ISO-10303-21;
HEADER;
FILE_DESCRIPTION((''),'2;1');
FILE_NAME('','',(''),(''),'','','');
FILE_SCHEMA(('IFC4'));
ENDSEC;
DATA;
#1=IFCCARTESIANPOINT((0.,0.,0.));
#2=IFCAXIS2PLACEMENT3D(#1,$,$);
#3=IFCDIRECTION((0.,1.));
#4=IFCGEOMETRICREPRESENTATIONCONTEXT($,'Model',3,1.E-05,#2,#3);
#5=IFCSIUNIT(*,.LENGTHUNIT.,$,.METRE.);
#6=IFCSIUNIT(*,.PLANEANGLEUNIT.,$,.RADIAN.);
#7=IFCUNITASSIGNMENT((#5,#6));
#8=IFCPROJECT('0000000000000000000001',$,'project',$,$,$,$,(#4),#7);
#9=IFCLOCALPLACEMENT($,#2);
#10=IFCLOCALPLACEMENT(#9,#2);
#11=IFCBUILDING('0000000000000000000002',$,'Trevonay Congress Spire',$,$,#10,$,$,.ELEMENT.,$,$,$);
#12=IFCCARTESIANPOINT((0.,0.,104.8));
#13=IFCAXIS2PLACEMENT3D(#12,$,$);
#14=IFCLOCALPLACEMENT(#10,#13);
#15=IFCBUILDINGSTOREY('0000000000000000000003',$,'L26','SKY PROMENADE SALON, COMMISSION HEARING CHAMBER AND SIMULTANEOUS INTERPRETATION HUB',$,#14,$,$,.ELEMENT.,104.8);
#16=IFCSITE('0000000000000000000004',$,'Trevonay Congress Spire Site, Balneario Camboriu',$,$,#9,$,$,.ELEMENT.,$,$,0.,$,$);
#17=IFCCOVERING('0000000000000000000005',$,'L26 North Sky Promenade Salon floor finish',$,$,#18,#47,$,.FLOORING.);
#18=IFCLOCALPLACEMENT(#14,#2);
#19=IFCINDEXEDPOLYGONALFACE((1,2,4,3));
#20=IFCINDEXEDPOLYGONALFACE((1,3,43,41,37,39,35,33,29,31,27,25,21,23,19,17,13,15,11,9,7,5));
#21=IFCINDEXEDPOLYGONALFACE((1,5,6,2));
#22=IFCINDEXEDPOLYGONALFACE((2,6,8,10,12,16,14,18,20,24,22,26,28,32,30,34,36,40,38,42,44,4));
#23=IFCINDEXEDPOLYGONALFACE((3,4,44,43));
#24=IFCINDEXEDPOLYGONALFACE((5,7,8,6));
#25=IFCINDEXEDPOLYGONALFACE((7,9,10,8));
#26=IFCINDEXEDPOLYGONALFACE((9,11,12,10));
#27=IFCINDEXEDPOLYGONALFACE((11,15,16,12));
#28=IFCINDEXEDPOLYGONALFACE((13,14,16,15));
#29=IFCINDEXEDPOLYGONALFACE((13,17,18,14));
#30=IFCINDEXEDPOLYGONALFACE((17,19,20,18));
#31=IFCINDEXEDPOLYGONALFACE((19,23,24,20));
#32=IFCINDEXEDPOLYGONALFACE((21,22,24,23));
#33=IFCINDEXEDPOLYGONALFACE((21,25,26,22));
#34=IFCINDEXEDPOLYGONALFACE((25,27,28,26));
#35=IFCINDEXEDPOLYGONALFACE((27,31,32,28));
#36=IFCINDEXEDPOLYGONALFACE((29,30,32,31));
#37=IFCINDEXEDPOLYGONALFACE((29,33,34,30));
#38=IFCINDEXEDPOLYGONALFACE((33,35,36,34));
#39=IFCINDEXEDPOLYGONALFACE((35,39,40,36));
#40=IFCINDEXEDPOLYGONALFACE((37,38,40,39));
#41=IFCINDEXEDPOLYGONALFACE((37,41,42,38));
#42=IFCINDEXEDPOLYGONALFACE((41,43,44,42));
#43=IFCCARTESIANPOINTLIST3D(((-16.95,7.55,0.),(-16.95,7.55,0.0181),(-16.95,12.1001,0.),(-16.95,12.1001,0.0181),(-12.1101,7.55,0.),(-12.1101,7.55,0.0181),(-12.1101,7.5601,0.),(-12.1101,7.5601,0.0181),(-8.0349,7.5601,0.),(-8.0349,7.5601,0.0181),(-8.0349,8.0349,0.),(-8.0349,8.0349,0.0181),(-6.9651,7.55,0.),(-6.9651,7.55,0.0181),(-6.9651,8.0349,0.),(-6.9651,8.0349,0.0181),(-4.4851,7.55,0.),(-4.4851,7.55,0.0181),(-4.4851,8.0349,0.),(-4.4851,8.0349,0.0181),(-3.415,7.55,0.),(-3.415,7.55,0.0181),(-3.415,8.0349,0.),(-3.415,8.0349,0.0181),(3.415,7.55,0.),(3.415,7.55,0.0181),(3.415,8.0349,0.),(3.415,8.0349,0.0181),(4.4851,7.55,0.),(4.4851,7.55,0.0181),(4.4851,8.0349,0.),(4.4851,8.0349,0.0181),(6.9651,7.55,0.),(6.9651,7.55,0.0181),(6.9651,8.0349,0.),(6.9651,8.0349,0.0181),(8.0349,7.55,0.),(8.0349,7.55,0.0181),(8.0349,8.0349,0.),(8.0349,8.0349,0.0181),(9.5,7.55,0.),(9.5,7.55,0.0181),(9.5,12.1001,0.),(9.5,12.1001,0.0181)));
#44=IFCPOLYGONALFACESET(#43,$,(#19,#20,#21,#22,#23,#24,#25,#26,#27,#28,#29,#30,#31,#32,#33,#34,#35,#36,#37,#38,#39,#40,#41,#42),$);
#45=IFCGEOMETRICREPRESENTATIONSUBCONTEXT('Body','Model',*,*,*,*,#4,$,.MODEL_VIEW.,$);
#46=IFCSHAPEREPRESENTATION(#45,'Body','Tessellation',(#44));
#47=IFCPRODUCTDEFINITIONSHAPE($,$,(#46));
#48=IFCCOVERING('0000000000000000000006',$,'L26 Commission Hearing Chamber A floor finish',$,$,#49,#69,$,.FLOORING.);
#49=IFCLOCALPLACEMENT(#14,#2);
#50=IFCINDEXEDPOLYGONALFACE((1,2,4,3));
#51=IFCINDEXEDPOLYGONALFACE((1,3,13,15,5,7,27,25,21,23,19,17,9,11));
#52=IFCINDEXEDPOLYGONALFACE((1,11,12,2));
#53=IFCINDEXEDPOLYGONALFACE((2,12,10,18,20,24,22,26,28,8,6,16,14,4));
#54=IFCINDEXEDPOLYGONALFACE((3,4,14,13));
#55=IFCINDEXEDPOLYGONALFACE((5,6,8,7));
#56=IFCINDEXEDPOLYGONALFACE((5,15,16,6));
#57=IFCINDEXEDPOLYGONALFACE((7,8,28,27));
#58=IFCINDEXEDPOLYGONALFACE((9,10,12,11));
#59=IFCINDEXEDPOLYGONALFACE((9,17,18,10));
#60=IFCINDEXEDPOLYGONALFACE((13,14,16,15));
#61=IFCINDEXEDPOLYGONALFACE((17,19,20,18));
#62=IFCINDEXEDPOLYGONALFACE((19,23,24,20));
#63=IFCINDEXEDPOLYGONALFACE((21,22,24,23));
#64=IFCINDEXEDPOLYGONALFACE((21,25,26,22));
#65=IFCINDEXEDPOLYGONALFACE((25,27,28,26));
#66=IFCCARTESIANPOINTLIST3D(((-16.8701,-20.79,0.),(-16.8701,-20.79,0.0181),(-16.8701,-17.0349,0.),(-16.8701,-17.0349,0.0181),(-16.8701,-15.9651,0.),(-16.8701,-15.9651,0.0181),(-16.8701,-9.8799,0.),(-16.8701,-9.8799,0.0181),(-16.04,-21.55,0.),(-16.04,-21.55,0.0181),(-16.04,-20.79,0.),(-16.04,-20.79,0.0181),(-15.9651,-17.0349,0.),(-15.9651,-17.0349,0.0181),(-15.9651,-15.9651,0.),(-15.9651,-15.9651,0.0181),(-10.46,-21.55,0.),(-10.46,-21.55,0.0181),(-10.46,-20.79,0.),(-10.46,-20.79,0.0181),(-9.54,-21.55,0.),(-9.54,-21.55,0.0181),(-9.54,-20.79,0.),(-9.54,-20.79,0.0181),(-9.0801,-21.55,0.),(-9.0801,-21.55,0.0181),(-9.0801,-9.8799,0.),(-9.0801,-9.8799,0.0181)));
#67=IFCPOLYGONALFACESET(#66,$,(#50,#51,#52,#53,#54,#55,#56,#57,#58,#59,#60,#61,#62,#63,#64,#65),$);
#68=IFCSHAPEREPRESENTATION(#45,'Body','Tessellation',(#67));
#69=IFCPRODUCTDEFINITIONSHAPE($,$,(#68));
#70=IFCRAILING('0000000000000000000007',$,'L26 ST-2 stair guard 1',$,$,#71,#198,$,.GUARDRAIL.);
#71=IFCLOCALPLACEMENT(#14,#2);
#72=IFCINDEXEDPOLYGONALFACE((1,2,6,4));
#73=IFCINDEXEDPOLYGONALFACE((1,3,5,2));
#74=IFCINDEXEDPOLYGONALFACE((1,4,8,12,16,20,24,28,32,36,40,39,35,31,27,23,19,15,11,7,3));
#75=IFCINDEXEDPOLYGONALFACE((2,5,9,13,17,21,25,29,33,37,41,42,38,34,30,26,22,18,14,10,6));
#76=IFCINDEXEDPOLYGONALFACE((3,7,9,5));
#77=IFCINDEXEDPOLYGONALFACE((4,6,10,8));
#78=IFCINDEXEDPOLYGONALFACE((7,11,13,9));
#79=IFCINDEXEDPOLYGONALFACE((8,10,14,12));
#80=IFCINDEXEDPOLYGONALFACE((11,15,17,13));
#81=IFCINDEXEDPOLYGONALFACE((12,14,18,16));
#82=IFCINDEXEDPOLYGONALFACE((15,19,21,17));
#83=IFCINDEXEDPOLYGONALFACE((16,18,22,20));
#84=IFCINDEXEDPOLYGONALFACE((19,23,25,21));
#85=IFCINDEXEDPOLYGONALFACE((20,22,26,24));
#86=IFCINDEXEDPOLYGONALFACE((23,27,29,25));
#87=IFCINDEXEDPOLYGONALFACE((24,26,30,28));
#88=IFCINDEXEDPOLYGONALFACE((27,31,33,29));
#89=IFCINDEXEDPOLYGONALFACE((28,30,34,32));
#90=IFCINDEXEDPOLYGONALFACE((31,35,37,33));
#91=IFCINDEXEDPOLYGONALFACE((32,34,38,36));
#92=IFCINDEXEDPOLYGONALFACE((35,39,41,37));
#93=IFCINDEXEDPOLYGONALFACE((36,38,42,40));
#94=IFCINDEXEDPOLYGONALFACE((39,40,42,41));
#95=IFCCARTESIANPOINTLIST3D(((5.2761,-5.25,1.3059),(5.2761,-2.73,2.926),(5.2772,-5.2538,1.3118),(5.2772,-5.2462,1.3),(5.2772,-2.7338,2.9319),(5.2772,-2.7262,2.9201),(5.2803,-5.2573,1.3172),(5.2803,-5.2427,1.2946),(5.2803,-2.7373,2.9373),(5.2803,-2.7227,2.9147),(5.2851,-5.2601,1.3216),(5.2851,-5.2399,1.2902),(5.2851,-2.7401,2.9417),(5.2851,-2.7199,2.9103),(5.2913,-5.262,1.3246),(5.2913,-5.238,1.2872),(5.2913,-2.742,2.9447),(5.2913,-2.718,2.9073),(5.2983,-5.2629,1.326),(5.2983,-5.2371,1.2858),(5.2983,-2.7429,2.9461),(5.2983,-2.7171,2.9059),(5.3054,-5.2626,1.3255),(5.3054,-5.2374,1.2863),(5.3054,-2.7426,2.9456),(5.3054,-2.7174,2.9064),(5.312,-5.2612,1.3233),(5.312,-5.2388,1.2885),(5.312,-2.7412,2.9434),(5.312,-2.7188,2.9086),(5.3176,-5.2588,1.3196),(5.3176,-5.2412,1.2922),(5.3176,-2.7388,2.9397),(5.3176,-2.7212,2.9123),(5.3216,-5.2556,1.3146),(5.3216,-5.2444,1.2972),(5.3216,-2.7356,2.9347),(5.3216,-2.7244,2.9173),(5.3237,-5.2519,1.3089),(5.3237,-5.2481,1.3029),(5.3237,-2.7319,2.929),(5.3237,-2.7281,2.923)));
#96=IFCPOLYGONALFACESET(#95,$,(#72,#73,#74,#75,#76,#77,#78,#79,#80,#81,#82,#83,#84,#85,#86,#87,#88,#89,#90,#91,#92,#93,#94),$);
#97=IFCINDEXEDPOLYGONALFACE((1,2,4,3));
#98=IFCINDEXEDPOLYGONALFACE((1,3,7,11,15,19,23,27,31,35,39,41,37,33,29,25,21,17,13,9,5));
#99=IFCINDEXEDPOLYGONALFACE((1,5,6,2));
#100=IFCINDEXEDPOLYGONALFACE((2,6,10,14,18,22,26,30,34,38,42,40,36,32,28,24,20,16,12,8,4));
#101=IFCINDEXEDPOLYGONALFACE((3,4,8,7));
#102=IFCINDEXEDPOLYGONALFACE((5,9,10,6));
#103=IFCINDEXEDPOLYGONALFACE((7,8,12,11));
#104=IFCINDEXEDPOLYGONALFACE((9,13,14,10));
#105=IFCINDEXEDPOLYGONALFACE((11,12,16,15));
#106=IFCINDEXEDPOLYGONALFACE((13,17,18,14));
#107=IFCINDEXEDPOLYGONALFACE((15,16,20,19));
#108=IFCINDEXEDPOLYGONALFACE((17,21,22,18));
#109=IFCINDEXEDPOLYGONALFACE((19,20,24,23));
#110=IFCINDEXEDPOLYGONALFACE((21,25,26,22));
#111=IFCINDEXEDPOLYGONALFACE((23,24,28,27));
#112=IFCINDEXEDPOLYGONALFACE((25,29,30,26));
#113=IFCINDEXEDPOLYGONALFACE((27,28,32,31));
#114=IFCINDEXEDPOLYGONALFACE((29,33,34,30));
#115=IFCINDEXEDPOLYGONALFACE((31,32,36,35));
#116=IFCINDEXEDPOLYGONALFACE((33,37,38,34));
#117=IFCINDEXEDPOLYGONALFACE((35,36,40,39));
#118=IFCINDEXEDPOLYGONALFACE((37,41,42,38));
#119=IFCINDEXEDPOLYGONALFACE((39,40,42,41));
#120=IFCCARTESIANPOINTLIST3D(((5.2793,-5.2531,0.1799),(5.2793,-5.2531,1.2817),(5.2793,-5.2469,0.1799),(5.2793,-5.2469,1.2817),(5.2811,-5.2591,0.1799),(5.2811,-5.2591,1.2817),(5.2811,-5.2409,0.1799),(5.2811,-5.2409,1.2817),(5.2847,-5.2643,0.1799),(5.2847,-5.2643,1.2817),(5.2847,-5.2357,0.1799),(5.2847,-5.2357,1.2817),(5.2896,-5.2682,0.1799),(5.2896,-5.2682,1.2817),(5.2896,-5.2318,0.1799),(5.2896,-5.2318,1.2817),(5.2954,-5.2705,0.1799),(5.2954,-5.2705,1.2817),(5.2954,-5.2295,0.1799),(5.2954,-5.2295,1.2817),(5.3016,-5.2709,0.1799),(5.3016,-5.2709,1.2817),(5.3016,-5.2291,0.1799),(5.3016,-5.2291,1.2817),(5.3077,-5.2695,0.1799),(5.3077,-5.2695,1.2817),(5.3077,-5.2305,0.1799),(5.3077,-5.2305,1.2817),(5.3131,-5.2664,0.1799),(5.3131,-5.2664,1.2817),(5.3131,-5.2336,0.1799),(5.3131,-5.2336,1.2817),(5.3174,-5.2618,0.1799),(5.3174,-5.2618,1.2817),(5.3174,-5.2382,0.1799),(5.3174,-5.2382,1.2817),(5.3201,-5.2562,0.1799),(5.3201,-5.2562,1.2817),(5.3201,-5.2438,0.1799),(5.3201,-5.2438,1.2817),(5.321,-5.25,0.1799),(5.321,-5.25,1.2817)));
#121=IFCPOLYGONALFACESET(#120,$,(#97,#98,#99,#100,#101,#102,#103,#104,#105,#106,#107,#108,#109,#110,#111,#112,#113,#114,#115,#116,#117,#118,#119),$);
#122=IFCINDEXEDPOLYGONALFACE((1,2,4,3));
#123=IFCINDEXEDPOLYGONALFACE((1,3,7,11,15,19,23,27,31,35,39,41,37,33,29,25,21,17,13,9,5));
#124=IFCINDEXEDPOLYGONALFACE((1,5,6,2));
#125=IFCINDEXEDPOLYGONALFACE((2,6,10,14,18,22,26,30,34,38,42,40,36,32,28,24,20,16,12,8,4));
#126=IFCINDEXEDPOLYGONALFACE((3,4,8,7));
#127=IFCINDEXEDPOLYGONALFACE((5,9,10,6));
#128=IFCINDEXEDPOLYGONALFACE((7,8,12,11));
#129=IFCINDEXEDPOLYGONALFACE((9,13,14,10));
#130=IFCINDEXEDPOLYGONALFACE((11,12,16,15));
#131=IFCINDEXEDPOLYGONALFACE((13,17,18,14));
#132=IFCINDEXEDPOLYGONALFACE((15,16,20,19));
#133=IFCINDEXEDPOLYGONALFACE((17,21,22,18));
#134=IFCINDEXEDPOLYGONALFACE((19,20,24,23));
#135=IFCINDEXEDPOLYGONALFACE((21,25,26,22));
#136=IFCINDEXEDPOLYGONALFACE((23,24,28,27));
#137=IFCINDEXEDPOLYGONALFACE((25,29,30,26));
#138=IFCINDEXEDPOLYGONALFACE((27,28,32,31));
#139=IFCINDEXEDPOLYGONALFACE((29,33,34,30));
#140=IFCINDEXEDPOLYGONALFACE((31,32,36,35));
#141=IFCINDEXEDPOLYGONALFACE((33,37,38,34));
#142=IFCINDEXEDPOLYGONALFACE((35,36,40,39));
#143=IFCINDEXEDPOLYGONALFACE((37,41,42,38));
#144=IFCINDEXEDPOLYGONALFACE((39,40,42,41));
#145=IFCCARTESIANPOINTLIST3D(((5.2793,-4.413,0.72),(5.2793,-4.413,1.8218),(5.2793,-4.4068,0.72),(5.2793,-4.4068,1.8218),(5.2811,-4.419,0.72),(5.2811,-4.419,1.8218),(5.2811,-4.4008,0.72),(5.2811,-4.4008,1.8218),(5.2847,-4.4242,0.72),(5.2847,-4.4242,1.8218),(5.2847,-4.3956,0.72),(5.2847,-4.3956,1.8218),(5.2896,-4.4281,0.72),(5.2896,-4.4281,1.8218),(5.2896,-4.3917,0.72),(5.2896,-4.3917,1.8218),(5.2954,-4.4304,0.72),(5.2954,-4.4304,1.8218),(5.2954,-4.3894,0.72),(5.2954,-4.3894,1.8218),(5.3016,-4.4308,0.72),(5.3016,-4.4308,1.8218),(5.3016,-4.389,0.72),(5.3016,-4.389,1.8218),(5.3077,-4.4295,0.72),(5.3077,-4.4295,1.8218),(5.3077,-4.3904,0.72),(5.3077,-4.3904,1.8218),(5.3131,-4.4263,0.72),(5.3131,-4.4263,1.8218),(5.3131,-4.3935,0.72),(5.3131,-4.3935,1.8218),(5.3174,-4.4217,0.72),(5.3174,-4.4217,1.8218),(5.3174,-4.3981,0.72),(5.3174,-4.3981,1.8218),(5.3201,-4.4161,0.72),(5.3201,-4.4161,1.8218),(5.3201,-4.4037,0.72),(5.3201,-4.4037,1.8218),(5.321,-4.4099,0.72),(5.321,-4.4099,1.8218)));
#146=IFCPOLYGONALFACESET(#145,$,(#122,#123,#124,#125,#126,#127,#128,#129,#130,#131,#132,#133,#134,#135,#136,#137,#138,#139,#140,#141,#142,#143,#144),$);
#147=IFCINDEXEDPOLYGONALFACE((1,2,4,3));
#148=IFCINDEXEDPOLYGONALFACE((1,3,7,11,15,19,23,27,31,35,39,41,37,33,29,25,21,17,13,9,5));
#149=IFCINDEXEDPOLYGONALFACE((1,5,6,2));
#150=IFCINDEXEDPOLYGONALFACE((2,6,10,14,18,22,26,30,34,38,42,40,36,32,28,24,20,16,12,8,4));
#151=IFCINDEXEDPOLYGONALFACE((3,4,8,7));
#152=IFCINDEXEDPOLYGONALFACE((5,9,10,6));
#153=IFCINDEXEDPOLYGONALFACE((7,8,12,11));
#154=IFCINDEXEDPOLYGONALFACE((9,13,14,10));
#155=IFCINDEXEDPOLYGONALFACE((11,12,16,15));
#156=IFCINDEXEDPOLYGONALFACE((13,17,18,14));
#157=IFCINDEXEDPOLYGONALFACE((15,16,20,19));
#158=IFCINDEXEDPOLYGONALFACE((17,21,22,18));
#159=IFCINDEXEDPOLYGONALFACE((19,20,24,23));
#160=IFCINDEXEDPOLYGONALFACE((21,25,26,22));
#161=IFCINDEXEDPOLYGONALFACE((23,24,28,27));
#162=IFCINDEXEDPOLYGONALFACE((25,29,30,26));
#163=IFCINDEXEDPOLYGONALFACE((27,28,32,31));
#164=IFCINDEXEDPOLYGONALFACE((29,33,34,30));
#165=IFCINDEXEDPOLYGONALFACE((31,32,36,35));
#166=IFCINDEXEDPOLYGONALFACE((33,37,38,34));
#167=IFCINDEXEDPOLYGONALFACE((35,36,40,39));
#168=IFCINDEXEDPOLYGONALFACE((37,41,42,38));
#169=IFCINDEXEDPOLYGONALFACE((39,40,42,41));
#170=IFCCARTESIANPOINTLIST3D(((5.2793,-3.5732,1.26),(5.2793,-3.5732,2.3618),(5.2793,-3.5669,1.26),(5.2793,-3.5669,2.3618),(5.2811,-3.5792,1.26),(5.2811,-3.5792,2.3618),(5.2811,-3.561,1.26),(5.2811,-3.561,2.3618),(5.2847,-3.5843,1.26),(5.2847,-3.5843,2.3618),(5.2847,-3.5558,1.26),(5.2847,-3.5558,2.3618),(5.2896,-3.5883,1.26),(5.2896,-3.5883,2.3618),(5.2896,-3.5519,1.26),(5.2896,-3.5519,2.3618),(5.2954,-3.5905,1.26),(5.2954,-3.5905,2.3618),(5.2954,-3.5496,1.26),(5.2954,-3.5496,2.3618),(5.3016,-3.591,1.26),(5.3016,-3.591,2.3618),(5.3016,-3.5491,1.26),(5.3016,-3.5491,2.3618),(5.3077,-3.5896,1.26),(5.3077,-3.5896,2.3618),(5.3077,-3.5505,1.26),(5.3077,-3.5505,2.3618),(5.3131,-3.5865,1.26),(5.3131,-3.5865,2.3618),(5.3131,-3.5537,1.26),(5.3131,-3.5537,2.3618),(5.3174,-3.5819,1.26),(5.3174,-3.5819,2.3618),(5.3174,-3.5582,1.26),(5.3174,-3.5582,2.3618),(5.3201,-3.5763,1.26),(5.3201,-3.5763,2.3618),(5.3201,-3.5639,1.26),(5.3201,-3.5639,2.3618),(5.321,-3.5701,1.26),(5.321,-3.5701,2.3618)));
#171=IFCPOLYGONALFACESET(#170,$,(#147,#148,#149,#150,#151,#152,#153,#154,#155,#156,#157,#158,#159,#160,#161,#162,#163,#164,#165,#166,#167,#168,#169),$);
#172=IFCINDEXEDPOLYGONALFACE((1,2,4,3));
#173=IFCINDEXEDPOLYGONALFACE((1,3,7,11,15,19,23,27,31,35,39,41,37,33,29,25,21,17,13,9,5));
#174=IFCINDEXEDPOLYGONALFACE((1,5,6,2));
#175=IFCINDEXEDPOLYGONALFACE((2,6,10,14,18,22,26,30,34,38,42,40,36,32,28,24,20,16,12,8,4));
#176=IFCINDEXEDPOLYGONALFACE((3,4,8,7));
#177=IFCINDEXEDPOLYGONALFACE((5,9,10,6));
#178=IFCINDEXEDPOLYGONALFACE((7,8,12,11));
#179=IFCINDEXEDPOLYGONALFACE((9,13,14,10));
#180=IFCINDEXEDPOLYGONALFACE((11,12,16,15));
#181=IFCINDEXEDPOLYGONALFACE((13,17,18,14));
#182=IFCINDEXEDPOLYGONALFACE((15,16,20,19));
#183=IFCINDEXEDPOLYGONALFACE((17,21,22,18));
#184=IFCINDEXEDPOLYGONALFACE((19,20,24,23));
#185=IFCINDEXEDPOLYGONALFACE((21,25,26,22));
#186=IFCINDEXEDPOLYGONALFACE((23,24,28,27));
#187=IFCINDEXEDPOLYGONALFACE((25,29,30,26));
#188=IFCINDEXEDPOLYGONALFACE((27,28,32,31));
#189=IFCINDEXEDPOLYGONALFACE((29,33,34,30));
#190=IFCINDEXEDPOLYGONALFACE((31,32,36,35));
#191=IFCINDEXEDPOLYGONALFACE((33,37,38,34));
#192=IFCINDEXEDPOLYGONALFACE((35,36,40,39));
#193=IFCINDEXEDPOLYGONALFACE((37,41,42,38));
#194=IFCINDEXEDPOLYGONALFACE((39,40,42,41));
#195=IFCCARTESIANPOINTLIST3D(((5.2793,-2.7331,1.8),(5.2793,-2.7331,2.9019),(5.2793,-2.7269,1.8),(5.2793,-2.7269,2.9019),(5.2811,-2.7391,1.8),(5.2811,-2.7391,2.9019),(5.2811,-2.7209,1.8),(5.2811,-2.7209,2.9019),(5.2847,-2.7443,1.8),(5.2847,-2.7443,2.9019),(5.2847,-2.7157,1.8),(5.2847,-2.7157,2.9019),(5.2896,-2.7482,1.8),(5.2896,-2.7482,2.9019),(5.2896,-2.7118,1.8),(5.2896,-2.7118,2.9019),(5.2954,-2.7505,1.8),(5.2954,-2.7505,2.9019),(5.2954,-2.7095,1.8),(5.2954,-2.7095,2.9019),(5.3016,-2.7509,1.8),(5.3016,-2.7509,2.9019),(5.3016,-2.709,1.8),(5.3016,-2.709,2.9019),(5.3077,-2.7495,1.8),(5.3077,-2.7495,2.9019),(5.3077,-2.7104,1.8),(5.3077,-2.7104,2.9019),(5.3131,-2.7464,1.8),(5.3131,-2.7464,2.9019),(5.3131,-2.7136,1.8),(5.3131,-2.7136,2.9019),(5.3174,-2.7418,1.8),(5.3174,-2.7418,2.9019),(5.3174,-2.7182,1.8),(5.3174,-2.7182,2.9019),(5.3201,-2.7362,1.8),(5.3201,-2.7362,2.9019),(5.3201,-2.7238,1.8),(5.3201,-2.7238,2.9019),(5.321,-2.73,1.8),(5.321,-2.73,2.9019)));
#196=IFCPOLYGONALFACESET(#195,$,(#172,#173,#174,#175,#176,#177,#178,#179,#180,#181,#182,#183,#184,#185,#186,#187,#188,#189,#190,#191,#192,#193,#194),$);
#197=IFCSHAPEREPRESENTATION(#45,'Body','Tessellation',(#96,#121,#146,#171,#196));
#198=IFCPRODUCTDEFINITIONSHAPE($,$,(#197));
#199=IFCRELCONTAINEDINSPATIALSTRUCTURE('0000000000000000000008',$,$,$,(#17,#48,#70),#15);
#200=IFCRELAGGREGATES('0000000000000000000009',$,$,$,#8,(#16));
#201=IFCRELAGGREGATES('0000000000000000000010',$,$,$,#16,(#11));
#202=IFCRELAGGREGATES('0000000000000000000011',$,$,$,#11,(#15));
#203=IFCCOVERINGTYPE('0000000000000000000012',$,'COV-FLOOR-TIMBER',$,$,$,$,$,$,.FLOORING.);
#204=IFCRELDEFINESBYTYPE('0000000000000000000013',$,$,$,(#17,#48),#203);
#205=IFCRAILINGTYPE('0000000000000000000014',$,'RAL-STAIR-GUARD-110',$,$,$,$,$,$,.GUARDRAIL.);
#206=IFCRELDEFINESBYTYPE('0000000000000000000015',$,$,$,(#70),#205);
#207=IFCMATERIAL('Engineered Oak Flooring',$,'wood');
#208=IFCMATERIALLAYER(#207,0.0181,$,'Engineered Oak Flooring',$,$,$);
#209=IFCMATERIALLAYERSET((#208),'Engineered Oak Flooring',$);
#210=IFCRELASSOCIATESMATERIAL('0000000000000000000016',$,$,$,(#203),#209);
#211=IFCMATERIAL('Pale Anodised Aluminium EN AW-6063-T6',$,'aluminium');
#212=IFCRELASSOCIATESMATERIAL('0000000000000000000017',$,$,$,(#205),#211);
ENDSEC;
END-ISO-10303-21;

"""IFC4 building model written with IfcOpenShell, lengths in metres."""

from ifc_helpers import new_model, si_unit, direction, frame, origin, origin_2d, place, context, subcontext, project, spatial, polyline, circle, outline, extrude, material, layer, layer_set, type_object, element, save


model = new_model("IFC4")

# Units and contexts
model_context = context("Model", 3, precision=1e-05, world=origin(), true_north=direction((0.0, 1.0)))
body_context = subcontext(model_context, "Body", "Model", "MODEL_VIEW")
ifc_project = project(units=[si_unit("LENGTHUNIT", "METRE"), si_unit("PLANEANGLEUNIT", "RADIAN")], contexts=[model_context])

# Site, building, storey
site_placement = place(None, origin())
site = spatial("IfcSite", under=ifc_project, at=site_placement, Name="Trevonay Congress Spire Site, Balneario Camboriu", CompositionType="ELEMENT", RefElevation=0.0)
building_placement = place(site_placement, origin())
building = spatial("IfcBuilding", under=site, at=building_placement, Name="Trevonay Congress Spire", CompositionType="ELEMENT")
storey_placement = place(building_placement, frame((0.0, 0.0, 104.8)))
storey = spatial("IfcBuildingStorey", under=building, at=storey_placement, Name="L26", Description="SKY PROMENADE SALON, COMMISSION HEARING CHAMBER AND SIMULTANEOUS INTERPRETATION HUB", CompositionType="ELEMENT", Elevation=104.8)

# Shared definitions
ifc_material_1 = material(Name="Pale Anodised Aluminium EN AW-6063-T6", Category="aluminium")

# Coverings
ifc_material_2 = material(Name="Engineered Oak Flooring", Category="wood")
ifc_layer_1 = layer(ifc_material_2, 0.0181, Name="Engineered Oak Flooring")
ifc_layer_set_1 = layer_set([ifc_layer_1], Name="Engineered Oak Flooring")
covering_type_1 = type_object("IfcCoveringType", Name="COV-FLOOR-TIMBER", PredefinedType="FLOORING", material=ifc_layer_set_1)
covering_1_placement = place(storey_placement, origin())
element("IfcCovering", 1, at=covering_1_placement, inside=storey, type_object=covering_type_1, Name="L26 North Sky Promenade Salon floor finish", PredefinedType="FLOORING", context=body_context, shape_type="SweptSolid", body=[
    extrude(outline(polyline([(-16.95, 12.1001), (9.5, 12.1001), (9.5, 7.55), (8.0349, 7.55), (8.0349, 8.0349), (6.9651, 8.0349), (6.9651, 7.55), (4.4851, 7.55), (4.4851, 8.0349), (3.415, 8.0349), (3.415, 7.55), (-3.415, 7.55), (-3.415, 8.0349), (-4.4851, 8.0349), (-4.4851, 7.55), (-6.9651, 7.55), (-6.9651, 8.0349), (-8.0349, 8.0349), (-8.0349, 7.5601), (-12.1101, 7.5601), (-12.1101, 7.55), (-16.95, 7.55), (-16.95, 12.1001)])), origin(), (0.0, 0.0, 1.0), 0.0181),
])
covering_2_placement = place(storey_placement, origin())
element("IfcCovering", 2, at=covering_2_placement, inside=storey, type_object=covering_type_1, Name="L26 Commission Hearing Chamber A floor finish", PredefinedType="FLOORING", context=body_context, shape_type="SweptSolid", body=[
    extrude(outline(polyline([(-16.04, -21.55), (-16.04, -20.79), (-16.8701, -20.79), (-16.8701, -17.0349), (-15.9651, -17.0349), (-15.9651, -15.9651), (-16.8701, -15.9651), (-16.8701, -9.8799), (-9.0801, -9.8799), (-9.0801, -21.55), (-9.54, -21.55), (-9.54, -20.79), (-10.46, -20.79), (-10.46, -21.55), (-16.04, -21.55)])), origin(), (0.0, 0.0, 1.0), 0.0181),
])

# Railing
railing_type_1 = type_object("IfcRailingType", Name="RAL-STAIR-GUARD-110", PredefinedType="GUARDRAIL", material=ifc_material_1)
railing_1_placement = place(storey_placement, frame((5.3, -5.25, 0.1799)))
element("IfcRailing", 3, at=railing_1_placement, inside=storey, type_object=railing_type_1, Name="L26 ST-2 stair guard 1", PredefinedType="GUARDRAIL", context=body_context, shape_type="SweptSolid", body=[
    extrude(circle(Radius=0.0239, at=origin_2d()), frame((0.0, 0.0, 1.126), z_axis=(0.0, 0.841163, 0.540782), x_axis=(-1.0, 0.0, 0.0)), (0.0, 0.0, 1.0), 2.9958),
    extrude(circle(Radius=0.021, at=origin_2d()), origin(), (0.0, 0.0, 1.0), 1.1018),
    extrude(circle(Radius=0.021, at=origin_2d()), frame((0.0, 0.8401, 0.54)), (0.0, 0.0, 1.0), 1.1018),
    extrude(circle(Radius=0.021, at=origin_2d()), frame((0.0, 1.6799, 1.0801)), (0.0, 0.0, 1.0), 1.1018),
    extrude(circle(Radius=0.021, at=origin_2d()), frame((0.0, 2.52, 1.6201)), (0.0, 0.0, 1.0), 1.1018),
])

save(model, "model.ifc")
